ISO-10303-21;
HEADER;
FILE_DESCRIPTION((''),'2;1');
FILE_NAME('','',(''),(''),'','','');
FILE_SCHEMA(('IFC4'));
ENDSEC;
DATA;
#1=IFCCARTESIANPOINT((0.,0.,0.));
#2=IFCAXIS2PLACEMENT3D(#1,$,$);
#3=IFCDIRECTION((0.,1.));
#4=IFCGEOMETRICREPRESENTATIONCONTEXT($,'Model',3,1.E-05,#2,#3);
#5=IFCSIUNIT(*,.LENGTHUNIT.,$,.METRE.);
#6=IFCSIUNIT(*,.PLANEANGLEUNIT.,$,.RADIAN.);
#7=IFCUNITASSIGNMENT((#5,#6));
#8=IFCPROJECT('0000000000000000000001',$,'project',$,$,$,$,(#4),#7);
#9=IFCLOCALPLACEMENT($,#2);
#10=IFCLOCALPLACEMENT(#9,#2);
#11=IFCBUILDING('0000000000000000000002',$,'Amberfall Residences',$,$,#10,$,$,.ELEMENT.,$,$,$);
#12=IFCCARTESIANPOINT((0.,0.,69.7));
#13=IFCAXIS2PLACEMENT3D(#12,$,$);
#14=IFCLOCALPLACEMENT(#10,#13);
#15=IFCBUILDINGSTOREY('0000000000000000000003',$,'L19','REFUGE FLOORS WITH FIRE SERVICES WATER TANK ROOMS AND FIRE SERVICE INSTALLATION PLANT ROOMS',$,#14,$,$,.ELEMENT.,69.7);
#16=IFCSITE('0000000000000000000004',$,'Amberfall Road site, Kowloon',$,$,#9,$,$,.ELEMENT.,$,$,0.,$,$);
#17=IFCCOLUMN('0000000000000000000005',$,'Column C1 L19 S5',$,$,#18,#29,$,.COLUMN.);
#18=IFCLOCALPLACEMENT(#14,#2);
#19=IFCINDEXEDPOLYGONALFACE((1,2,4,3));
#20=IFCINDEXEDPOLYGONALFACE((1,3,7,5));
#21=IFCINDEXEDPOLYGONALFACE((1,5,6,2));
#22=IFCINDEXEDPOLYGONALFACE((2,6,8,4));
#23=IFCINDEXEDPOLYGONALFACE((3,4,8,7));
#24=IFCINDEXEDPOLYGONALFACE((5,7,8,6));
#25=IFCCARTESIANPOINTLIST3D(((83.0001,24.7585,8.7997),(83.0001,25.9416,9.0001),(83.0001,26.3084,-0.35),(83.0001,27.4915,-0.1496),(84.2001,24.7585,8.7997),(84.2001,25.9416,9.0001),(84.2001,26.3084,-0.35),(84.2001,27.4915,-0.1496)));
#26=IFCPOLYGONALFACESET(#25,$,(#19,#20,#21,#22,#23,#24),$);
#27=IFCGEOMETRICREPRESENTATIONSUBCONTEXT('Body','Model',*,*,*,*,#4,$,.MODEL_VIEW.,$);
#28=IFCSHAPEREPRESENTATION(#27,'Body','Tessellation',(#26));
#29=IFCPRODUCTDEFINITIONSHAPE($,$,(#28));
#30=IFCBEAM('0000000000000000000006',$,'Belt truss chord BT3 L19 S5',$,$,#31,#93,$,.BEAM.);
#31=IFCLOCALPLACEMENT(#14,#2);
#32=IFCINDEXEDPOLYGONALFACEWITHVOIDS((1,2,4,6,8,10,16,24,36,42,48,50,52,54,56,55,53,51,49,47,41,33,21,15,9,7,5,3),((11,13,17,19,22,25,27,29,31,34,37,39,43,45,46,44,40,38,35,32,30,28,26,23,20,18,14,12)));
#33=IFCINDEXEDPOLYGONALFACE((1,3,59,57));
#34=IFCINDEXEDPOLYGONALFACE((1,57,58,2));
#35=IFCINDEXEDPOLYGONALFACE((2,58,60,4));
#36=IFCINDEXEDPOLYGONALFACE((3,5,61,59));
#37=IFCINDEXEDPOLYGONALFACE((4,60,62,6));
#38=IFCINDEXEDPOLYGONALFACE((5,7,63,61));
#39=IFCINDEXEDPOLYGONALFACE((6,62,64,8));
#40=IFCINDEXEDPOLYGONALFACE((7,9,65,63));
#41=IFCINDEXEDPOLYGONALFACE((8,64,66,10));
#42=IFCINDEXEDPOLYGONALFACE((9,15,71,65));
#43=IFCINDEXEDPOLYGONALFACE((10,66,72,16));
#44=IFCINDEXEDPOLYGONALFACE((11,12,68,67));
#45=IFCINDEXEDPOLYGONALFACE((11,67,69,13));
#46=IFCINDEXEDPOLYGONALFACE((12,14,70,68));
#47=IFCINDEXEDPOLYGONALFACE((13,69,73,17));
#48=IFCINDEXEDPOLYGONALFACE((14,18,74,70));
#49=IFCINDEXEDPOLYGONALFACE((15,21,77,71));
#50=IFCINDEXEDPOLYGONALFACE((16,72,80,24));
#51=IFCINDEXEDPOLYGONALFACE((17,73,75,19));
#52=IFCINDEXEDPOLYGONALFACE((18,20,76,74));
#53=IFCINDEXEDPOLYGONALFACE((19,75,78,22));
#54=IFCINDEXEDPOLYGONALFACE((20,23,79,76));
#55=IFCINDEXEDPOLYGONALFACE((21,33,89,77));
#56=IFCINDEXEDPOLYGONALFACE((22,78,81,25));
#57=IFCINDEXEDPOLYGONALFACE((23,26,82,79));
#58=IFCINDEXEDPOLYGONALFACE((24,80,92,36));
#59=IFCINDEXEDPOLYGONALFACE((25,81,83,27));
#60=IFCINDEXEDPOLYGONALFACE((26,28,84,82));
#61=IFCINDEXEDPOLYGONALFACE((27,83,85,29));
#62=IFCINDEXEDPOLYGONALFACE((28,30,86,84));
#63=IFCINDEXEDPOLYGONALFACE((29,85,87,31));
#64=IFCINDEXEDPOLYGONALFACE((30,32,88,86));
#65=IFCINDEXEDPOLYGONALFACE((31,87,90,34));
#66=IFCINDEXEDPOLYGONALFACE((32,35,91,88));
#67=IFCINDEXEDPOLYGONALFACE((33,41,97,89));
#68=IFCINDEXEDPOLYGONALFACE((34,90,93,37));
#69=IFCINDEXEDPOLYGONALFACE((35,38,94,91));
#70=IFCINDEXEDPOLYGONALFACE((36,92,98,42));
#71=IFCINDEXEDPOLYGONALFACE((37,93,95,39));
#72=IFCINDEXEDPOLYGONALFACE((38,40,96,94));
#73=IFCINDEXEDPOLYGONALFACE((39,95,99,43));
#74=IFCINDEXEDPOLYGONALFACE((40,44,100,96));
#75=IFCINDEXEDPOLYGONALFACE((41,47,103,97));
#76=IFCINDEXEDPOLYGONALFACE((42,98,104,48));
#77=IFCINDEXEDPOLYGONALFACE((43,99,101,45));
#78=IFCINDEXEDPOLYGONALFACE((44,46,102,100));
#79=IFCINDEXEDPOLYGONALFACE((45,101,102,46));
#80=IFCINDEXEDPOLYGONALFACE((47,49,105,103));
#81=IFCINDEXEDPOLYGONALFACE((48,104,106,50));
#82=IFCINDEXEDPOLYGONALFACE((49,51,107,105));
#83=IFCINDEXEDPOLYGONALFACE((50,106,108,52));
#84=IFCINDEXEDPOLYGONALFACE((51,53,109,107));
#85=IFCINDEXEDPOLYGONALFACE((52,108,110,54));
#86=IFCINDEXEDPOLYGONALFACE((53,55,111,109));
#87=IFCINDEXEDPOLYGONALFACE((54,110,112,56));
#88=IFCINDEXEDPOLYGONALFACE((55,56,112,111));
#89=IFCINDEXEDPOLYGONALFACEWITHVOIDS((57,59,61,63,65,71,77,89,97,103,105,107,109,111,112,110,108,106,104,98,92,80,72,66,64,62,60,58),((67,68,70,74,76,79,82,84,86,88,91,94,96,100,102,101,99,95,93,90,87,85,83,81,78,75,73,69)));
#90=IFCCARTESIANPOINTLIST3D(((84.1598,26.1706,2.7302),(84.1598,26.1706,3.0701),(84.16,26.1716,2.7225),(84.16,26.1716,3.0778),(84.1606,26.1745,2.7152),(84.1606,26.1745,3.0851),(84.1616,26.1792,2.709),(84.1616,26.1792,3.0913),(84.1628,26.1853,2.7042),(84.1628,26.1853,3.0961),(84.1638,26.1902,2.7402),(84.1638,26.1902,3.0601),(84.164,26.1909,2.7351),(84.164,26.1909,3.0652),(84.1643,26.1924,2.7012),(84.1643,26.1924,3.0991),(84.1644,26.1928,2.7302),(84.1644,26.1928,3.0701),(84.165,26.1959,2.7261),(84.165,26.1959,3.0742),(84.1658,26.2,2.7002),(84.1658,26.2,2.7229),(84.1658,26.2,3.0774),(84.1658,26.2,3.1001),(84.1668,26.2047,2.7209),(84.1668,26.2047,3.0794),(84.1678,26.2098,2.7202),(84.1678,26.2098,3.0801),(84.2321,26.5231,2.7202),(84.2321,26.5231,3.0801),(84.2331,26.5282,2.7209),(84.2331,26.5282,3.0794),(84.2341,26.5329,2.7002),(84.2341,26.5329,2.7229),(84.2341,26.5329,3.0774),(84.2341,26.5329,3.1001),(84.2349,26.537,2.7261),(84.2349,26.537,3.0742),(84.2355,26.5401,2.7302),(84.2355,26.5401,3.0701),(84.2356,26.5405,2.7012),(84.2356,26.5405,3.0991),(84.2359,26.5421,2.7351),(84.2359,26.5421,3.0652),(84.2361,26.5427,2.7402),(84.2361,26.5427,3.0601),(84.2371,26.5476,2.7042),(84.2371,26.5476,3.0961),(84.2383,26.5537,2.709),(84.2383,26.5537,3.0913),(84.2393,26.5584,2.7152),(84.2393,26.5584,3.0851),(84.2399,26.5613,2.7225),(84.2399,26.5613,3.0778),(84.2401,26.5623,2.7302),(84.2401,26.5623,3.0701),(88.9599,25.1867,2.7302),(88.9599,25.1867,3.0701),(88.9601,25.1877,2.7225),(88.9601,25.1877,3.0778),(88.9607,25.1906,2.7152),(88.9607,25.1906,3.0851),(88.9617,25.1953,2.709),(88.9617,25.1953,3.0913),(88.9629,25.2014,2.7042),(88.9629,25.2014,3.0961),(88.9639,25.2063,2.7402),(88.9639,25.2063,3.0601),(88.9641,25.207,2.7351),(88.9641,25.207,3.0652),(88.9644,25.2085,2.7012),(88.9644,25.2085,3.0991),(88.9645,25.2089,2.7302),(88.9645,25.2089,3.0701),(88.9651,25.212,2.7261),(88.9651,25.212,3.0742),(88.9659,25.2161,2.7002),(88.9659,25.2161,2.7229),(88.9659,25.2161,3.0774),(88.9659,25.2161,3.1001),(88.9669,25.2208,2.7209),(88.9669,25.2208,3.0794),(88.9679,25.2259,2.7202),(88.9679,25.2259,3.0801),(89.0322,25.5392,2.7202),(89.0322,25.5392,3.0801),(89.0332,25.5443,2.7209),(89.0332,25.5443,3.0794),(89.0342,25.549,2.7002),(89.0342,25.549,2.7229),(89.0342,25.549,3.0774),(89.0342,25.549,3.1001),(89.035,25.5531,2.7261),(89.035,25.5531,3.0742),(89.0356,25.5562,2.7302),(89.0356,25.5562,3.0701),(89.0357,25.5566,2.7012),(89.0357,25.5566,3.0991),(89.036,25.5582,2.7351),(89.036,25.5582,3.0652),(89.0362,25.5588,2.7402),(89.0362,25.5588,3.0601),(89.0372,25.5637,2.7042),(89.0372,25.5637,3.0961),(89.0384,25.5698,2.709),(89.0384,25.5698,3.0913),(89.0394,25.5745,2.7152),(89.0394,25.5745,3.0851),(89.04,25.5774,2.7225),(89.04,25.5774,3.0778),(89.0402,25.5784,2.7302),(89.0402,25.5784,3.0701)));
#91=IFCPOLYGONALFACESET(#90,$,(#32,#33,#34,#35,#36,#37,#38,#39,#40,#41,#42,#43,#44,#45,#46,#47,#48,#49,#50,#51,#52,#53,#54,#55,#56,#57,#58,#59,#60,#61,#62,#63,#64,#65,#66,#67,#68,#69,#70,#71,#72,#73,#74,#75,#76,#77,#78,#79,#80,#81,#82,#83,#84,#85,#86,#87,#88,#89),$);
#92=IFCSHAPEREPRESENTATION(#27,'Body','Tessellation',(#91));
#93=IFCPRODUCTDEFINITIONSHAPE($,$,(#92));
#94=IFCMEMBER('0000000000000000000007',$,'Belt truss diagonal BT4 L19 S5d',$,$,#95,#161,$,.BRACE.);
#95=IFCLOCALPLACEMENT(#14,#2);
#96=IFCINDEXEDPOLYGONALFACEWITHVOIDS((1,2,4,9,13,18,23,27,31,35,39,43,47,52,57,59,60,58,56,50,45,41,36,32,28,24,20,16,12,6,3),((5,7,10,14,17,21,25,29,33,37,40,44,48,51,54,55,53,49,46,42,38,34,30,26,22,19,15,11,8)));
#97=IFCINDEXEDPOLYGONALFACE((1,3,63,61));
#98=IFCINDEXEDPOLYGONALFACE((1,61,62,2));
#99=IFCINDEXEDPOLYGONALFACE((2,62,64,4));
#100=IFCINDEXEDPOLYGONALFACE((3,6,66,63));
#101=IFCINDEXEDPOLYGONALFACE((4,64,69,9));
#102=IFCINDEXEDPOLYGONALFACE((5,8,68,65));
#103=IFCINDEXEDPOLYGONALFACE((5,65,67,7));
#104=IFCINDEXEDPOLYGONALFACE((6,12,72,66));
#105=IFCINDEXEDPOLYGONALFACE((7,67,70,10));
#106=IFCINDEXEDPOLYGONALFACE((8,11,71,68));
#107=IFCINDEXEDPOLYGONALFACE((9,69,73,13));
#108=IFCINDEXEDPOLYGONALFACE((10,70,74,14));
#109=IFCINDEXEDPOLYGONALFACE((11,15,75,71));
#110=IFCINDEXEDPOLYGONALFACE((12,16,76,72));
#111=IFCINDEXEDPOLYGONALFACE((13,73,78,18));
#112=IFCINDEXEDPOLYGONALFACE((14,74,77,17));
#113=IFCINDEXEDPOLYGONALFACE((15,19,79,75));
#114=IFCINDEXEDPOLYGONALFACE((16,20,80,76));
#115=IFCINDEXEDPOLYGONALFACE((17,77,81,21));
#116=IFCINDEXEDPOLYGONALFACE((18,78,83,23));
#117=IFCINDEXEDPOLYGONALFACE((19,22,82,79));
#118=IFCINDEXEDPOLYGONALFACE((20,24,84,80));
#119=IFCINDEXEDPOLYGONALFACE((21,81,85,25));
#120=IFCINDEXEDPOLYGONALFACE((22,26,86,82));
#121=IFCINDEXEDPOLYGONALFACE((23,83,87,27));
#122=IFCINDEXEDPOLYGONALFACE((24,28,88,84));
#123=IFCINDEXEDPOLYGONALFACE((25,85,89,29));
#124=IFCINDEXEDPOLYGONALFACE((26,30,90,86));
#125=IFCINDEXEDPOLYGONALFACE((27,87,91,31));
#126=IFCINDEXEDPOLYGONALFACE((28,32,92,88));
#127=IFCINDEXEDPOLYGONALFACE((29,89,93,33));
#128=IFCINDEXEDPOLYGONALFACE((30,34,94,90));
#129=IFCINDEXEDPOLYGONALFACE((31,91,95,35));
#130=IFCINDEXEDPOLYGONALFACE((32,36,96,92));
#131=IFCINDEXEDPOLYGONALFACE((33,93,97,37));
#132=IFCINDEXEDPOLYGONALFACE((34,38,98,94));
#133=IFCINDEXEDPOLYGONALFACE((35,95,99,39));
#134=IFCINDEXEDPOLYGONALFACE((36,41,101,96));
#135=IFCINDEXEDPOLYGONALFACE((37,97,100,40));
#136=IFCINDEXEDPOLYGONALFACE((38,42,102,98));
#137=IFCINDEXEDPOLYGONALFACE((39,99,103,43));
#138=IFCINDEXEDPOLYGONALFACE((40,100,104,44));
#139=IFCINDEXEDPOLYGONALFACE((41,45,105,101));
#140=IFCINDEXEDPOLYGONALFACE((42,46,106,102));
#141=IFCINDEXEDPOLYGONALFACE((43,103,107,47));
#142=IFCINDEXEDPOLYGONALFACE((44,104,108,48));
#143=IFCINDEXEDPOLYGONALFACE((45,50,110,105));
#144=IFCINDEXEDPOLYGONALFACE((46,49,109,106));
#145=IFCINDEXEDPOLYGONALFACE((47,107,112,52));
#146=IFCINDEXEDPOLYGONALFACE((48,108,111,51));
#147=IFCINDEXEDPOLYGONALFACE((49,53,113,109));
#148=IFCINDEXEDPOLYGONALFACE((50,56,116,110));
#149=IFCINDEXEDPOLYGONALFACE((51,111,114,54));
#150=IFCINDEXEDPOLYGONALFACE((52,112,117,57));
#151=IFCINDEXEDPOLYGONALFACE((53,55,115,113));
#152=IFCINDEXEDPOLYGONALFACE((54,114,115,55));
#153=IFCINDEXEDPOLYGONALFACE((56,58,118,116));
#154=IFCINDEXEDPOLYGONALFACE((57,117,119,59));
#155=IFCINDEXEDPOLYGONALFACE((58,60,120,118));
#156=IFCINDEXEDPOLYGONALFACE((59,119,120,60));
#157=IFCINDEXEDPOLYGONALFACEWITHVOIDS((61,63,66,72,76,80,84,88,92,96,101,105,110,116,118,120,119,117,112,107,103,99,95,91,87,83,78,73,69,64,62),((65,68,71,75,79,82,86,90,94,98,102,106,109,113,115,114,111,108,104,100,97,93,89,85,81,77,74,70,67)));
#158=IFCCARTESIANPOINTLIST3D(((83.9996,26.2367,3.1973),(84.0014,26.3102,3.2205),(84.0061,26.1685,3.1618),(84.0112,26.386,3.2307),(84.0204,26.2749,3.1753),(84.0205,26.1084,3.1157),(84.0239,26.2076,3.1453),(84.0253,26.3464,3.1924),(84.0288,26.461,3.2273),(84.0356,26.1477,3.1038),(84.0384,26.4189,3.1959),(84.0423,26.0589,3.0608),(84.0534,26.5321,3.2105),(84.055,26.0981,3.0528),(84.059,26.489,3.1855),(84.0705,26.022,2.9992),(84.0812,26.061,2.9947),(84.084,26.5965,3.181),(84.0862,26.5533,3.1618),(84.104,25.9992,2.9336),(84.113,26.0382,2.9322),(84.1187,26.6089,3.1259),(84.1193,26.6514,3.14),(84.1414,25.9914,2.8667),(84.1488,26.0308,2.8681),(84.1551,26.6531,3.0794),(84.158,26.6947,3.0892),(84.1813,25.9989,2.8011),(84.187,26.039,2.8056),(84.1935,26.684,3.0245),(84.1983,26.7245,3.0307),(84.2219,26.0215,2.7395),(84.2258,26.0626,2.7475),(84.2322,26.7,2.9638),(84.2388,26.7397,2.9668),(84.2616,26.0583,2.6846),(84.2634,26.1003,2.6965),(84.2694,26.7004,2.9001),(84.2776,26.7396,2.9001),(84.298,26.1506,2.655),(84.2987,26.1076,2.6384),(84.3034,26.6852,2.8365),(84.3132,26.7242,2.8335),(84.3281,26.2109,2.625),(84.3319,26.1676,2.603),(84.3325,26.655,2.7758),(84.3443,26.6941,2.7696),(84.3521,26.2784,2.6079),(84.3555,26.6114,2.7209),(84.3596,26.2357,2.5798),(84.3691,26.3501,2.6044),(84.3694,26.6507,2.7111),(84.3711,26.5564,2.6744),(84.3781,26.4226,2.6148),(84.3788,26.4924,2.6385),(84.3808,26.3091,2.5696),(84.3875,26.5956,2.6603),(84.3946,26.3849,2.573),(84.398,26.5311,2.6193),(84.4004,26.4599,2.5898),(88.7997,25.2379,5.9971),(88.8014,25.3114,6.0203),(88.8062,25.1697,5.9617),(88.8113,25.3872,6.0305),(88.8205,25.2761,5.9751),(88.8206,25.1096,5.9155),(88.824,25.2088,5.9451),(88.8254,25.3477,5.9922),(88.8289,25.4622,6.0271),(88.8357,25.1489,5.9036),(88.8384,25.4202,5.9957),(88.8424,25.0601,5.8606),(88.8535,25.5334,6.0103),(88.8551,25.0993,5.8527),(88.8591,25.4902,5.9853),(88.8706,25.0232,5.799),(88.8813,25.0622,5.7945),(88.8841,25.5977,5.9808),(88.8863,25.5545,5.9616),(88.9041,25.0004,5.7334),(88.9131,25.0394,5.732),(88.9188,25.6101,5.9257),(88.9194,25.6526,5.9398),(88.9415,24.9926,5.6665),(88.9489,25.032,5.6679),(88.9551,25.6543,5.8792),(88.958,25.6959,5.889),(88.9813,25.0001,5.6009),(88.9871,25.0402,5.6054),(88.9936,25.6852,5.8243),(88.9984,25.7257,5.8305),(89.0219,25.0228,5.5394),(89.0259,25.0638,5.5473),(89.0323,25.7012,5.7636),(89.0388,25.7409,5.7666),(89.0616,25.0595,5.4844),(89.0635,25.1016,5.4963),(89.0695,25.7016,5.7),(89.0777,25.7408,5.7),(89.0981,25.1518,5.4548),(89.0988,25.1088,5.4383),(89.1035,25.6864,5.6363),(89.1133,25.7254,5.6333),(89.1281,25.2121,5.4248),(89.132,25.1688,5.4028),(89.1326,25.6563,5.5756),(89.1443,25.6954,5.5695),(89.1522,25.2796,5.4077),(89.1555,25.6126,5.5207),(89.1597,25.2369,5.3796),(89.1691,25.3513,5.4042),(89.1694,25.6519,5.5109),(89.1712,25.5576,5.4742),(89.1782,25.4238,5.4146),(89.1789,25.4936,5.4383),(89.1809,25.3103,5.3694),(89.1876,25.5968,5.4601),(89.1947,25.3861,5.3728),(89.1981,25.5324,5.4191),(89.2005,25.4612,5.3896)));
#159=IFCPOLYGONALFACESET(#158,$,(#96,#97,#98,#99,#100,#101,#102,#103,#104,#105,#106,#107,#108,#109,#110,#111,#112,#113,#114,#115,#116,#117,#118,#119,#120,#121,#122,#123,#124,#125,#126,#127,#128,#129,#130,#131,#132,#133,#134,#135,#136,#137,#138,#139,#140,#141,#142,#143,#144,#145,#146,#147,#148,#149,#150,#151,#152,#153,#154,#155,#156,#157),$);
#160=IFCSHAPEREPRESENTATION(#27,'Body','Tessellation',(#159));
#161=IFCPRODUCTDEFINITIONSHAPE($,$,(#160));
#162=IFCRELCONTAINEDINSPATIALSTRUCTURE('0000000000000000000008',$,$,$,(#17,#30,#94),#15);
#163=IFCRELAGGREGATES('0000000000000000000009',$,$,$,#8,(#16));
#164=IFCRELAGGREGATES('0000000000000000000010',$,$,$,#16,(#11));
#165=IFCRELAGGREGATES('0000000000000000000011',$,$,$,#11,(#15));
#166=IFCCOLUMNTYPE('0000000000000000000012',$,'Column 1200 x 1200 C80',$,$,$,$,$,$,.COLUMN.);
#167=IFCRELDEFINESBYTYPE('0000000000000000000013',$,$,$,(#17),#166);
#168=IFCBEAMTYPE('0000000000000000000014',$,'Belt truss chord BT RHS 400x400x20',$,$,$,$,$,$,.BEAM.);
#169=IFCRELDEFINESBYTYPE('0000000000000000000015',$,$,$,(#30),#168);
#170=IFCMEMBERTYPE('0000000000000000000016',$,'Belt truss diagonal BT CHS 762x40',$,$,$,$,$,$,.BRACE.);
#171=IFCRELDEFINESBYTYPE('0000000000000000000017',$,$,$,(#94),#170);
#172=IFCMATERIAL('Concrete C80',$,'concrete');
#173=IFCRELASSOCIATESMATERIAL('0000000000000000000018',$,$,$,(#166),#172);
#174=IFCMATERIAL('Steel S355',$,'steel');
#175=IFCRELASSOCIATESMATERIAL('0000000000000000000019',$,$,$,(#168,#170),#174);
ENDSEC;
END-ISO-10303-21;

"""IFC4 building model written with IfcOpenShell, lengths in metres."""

from ifc_helpers import new_model, si_unit, direction, frame, origin, origin_2d, place, context, subcontext, project, spatial, rectangle, hollow_rectangle, hollow_circle, extrude, material, material_profile, profile_set, type_object, element, save


model = new_model("IFC4")

# Units and contexts
model_context = context("Model", 3, precision=1e-05, world=origin(), true_north=direction((0.0, 1.0)))
body_context = subcontext(model_context, "Body", "Model", "MODEL_VIEW")
ifc_project = project(units=[si_unit("LENGTHUNIT", "METRE"), si_unit("PLANEANGLEUNIT", "RADIAN")], contexts=[model_context])

# Site, building, storey
site_placement = place(None, origin())
site = spatial("IfcSite", under=ifc_project, at=site_placement, Name="Amberfall Road site, Kowloon", CompositionType="ELEMENT", RefElevation=0.0)
building_placement = place(site_placement, origin())
building = spatial("IfcBuilding", under=site, at=building_placement, Name="Amberfall Residences", CompositionType="ELEMENT")
storey_placement = place(building_placement, frame((0.0, 0.0, 69.7)))
storey = spatial("IfcBuildingStorey", under=building, at=storey_placement, Name="L19", Description="REFUGE FLOORS WITH FIRE SERVICES WATER TANK ROOMS AND FIRE SERVICE INSTALLATION PLANT ROOMS", CompositionType="ELEMENT", Elevation=69.7)

# Column
ifc_material_1 = material(Name="Concrete C80", Category="concrete")
ifc_material_profile_1 = material_profile(ifc_material_1, rectangle(XDim=1.2, YDim=1.2, at=origin_2d()), Name="Column 1200 x 1200 C80")
ifc_profile_set_1 = profile_set([ifc_material_profile_1], Name="Concrete C80")
column_type = type_object("IfcColumnType", Name="Column 1200 x 1200 C80", PredefinedType="COLUMN", material=ifc_profile_set_1)
column_placement = place(storey_placement, frame((83.6001, 26.8999, -0.2498), z_axis=(0.0, -0.167005, 0.985956), x_axis=(1.0, 0.0, 0.0)))
element("IfcColumn", 1, at=column_placement, inside=storey, type_object=column_type, Name="Column C1 L19 S5", PredefinedType="COLUMN", context=body_context, shape_type="SweptSolid", body=[
    extrude(rectangle(XDim=1.2, YDim=1.2, at=origin_2d()), origin(), (0.0, 0.0, 1.0), 9.28),
])

# Beam
ifc_material_2 = material(Name="Steel S355", Category="steel")
ifc_material_profile_2 = material_profile(ifc_material_2, hollow_rectangle(XDim=0.3999, YDim=0.3999, WallThickness=0.02, InnerFilletRadius=0.02, OuterFilletRadius=0.03, at=origin_2d()), Name="RHS 400x400x20")
ifc_profile_set_2 = profile_set([ifc_material_profile_2], Name="Steel S355")
beam_type_1 = type_object("IfcBeamType", Name="Belt truss chord BT RHS 400x400x20", PredefinedType="BEAM", material=ifc_profile_set_2)
beam_1_placement = place(storey_placement, frame((84.2, 26.3665, 2.9001), z_axis=(0.979632, -0.200799, 0.0), x_axis=(0.200799, 0.979632, 0.0)))
element("IfcBeam", 2, at=beam_1_placement, inside=storey, type_object=beam_type_1, Name="Belt truss chord BT3 L19 S5", PredefinedType="BEAM", context=body_context, shape_type="SweptSolid", body=[
    extrude(hollow_rectangle(XDim=0.3999, YDim=0.3999, WallThickness=0.02, InnerFilletRadius=0.02, OuterFilletRadius=0.03, at=origin_2d()), origin(), (0.0, 0.0, 1.0), 4.8999),
])

# Member
ifc_material_profile_3 = material_profile(ifc_material_2, hollow_circle(Radius=0.3811, WallThickness=0.04, at=origin_2d()), Name="CHS 762x40")
ifc_profile_set_3 = profile_set([ifc_material_profile_3], Name="Steel S355")
member_type = type_object("IfcMemberType", Name="Belt truss diagonal BT CHS 762x40", PredefinedType="BRACE", material=ifc_profile_set_3)
member_1_placement = place(storey_placement, frame((84.2, 26.3665, 2.9001), z_axis=(0.850173, -0.176901, 0.495895), x_axis=(0.203714, 0.979031, 0.0)))
element("IfcMember", 3, at=member_1_placement, inside=storey, type_object=member_type, Name="Belt truss diagonal BT4 L19 S5d", PredefinedType="BRACE", context=body_context, shape_type="SweptSolid", body=[
    extrude(hollow_circle(Radius=0.3811, WallThickness=0.04, at=origin_2d()), origin(), (0.0, 0.0, 1.0), 5.646),
])

save(model, "model.ifc")
